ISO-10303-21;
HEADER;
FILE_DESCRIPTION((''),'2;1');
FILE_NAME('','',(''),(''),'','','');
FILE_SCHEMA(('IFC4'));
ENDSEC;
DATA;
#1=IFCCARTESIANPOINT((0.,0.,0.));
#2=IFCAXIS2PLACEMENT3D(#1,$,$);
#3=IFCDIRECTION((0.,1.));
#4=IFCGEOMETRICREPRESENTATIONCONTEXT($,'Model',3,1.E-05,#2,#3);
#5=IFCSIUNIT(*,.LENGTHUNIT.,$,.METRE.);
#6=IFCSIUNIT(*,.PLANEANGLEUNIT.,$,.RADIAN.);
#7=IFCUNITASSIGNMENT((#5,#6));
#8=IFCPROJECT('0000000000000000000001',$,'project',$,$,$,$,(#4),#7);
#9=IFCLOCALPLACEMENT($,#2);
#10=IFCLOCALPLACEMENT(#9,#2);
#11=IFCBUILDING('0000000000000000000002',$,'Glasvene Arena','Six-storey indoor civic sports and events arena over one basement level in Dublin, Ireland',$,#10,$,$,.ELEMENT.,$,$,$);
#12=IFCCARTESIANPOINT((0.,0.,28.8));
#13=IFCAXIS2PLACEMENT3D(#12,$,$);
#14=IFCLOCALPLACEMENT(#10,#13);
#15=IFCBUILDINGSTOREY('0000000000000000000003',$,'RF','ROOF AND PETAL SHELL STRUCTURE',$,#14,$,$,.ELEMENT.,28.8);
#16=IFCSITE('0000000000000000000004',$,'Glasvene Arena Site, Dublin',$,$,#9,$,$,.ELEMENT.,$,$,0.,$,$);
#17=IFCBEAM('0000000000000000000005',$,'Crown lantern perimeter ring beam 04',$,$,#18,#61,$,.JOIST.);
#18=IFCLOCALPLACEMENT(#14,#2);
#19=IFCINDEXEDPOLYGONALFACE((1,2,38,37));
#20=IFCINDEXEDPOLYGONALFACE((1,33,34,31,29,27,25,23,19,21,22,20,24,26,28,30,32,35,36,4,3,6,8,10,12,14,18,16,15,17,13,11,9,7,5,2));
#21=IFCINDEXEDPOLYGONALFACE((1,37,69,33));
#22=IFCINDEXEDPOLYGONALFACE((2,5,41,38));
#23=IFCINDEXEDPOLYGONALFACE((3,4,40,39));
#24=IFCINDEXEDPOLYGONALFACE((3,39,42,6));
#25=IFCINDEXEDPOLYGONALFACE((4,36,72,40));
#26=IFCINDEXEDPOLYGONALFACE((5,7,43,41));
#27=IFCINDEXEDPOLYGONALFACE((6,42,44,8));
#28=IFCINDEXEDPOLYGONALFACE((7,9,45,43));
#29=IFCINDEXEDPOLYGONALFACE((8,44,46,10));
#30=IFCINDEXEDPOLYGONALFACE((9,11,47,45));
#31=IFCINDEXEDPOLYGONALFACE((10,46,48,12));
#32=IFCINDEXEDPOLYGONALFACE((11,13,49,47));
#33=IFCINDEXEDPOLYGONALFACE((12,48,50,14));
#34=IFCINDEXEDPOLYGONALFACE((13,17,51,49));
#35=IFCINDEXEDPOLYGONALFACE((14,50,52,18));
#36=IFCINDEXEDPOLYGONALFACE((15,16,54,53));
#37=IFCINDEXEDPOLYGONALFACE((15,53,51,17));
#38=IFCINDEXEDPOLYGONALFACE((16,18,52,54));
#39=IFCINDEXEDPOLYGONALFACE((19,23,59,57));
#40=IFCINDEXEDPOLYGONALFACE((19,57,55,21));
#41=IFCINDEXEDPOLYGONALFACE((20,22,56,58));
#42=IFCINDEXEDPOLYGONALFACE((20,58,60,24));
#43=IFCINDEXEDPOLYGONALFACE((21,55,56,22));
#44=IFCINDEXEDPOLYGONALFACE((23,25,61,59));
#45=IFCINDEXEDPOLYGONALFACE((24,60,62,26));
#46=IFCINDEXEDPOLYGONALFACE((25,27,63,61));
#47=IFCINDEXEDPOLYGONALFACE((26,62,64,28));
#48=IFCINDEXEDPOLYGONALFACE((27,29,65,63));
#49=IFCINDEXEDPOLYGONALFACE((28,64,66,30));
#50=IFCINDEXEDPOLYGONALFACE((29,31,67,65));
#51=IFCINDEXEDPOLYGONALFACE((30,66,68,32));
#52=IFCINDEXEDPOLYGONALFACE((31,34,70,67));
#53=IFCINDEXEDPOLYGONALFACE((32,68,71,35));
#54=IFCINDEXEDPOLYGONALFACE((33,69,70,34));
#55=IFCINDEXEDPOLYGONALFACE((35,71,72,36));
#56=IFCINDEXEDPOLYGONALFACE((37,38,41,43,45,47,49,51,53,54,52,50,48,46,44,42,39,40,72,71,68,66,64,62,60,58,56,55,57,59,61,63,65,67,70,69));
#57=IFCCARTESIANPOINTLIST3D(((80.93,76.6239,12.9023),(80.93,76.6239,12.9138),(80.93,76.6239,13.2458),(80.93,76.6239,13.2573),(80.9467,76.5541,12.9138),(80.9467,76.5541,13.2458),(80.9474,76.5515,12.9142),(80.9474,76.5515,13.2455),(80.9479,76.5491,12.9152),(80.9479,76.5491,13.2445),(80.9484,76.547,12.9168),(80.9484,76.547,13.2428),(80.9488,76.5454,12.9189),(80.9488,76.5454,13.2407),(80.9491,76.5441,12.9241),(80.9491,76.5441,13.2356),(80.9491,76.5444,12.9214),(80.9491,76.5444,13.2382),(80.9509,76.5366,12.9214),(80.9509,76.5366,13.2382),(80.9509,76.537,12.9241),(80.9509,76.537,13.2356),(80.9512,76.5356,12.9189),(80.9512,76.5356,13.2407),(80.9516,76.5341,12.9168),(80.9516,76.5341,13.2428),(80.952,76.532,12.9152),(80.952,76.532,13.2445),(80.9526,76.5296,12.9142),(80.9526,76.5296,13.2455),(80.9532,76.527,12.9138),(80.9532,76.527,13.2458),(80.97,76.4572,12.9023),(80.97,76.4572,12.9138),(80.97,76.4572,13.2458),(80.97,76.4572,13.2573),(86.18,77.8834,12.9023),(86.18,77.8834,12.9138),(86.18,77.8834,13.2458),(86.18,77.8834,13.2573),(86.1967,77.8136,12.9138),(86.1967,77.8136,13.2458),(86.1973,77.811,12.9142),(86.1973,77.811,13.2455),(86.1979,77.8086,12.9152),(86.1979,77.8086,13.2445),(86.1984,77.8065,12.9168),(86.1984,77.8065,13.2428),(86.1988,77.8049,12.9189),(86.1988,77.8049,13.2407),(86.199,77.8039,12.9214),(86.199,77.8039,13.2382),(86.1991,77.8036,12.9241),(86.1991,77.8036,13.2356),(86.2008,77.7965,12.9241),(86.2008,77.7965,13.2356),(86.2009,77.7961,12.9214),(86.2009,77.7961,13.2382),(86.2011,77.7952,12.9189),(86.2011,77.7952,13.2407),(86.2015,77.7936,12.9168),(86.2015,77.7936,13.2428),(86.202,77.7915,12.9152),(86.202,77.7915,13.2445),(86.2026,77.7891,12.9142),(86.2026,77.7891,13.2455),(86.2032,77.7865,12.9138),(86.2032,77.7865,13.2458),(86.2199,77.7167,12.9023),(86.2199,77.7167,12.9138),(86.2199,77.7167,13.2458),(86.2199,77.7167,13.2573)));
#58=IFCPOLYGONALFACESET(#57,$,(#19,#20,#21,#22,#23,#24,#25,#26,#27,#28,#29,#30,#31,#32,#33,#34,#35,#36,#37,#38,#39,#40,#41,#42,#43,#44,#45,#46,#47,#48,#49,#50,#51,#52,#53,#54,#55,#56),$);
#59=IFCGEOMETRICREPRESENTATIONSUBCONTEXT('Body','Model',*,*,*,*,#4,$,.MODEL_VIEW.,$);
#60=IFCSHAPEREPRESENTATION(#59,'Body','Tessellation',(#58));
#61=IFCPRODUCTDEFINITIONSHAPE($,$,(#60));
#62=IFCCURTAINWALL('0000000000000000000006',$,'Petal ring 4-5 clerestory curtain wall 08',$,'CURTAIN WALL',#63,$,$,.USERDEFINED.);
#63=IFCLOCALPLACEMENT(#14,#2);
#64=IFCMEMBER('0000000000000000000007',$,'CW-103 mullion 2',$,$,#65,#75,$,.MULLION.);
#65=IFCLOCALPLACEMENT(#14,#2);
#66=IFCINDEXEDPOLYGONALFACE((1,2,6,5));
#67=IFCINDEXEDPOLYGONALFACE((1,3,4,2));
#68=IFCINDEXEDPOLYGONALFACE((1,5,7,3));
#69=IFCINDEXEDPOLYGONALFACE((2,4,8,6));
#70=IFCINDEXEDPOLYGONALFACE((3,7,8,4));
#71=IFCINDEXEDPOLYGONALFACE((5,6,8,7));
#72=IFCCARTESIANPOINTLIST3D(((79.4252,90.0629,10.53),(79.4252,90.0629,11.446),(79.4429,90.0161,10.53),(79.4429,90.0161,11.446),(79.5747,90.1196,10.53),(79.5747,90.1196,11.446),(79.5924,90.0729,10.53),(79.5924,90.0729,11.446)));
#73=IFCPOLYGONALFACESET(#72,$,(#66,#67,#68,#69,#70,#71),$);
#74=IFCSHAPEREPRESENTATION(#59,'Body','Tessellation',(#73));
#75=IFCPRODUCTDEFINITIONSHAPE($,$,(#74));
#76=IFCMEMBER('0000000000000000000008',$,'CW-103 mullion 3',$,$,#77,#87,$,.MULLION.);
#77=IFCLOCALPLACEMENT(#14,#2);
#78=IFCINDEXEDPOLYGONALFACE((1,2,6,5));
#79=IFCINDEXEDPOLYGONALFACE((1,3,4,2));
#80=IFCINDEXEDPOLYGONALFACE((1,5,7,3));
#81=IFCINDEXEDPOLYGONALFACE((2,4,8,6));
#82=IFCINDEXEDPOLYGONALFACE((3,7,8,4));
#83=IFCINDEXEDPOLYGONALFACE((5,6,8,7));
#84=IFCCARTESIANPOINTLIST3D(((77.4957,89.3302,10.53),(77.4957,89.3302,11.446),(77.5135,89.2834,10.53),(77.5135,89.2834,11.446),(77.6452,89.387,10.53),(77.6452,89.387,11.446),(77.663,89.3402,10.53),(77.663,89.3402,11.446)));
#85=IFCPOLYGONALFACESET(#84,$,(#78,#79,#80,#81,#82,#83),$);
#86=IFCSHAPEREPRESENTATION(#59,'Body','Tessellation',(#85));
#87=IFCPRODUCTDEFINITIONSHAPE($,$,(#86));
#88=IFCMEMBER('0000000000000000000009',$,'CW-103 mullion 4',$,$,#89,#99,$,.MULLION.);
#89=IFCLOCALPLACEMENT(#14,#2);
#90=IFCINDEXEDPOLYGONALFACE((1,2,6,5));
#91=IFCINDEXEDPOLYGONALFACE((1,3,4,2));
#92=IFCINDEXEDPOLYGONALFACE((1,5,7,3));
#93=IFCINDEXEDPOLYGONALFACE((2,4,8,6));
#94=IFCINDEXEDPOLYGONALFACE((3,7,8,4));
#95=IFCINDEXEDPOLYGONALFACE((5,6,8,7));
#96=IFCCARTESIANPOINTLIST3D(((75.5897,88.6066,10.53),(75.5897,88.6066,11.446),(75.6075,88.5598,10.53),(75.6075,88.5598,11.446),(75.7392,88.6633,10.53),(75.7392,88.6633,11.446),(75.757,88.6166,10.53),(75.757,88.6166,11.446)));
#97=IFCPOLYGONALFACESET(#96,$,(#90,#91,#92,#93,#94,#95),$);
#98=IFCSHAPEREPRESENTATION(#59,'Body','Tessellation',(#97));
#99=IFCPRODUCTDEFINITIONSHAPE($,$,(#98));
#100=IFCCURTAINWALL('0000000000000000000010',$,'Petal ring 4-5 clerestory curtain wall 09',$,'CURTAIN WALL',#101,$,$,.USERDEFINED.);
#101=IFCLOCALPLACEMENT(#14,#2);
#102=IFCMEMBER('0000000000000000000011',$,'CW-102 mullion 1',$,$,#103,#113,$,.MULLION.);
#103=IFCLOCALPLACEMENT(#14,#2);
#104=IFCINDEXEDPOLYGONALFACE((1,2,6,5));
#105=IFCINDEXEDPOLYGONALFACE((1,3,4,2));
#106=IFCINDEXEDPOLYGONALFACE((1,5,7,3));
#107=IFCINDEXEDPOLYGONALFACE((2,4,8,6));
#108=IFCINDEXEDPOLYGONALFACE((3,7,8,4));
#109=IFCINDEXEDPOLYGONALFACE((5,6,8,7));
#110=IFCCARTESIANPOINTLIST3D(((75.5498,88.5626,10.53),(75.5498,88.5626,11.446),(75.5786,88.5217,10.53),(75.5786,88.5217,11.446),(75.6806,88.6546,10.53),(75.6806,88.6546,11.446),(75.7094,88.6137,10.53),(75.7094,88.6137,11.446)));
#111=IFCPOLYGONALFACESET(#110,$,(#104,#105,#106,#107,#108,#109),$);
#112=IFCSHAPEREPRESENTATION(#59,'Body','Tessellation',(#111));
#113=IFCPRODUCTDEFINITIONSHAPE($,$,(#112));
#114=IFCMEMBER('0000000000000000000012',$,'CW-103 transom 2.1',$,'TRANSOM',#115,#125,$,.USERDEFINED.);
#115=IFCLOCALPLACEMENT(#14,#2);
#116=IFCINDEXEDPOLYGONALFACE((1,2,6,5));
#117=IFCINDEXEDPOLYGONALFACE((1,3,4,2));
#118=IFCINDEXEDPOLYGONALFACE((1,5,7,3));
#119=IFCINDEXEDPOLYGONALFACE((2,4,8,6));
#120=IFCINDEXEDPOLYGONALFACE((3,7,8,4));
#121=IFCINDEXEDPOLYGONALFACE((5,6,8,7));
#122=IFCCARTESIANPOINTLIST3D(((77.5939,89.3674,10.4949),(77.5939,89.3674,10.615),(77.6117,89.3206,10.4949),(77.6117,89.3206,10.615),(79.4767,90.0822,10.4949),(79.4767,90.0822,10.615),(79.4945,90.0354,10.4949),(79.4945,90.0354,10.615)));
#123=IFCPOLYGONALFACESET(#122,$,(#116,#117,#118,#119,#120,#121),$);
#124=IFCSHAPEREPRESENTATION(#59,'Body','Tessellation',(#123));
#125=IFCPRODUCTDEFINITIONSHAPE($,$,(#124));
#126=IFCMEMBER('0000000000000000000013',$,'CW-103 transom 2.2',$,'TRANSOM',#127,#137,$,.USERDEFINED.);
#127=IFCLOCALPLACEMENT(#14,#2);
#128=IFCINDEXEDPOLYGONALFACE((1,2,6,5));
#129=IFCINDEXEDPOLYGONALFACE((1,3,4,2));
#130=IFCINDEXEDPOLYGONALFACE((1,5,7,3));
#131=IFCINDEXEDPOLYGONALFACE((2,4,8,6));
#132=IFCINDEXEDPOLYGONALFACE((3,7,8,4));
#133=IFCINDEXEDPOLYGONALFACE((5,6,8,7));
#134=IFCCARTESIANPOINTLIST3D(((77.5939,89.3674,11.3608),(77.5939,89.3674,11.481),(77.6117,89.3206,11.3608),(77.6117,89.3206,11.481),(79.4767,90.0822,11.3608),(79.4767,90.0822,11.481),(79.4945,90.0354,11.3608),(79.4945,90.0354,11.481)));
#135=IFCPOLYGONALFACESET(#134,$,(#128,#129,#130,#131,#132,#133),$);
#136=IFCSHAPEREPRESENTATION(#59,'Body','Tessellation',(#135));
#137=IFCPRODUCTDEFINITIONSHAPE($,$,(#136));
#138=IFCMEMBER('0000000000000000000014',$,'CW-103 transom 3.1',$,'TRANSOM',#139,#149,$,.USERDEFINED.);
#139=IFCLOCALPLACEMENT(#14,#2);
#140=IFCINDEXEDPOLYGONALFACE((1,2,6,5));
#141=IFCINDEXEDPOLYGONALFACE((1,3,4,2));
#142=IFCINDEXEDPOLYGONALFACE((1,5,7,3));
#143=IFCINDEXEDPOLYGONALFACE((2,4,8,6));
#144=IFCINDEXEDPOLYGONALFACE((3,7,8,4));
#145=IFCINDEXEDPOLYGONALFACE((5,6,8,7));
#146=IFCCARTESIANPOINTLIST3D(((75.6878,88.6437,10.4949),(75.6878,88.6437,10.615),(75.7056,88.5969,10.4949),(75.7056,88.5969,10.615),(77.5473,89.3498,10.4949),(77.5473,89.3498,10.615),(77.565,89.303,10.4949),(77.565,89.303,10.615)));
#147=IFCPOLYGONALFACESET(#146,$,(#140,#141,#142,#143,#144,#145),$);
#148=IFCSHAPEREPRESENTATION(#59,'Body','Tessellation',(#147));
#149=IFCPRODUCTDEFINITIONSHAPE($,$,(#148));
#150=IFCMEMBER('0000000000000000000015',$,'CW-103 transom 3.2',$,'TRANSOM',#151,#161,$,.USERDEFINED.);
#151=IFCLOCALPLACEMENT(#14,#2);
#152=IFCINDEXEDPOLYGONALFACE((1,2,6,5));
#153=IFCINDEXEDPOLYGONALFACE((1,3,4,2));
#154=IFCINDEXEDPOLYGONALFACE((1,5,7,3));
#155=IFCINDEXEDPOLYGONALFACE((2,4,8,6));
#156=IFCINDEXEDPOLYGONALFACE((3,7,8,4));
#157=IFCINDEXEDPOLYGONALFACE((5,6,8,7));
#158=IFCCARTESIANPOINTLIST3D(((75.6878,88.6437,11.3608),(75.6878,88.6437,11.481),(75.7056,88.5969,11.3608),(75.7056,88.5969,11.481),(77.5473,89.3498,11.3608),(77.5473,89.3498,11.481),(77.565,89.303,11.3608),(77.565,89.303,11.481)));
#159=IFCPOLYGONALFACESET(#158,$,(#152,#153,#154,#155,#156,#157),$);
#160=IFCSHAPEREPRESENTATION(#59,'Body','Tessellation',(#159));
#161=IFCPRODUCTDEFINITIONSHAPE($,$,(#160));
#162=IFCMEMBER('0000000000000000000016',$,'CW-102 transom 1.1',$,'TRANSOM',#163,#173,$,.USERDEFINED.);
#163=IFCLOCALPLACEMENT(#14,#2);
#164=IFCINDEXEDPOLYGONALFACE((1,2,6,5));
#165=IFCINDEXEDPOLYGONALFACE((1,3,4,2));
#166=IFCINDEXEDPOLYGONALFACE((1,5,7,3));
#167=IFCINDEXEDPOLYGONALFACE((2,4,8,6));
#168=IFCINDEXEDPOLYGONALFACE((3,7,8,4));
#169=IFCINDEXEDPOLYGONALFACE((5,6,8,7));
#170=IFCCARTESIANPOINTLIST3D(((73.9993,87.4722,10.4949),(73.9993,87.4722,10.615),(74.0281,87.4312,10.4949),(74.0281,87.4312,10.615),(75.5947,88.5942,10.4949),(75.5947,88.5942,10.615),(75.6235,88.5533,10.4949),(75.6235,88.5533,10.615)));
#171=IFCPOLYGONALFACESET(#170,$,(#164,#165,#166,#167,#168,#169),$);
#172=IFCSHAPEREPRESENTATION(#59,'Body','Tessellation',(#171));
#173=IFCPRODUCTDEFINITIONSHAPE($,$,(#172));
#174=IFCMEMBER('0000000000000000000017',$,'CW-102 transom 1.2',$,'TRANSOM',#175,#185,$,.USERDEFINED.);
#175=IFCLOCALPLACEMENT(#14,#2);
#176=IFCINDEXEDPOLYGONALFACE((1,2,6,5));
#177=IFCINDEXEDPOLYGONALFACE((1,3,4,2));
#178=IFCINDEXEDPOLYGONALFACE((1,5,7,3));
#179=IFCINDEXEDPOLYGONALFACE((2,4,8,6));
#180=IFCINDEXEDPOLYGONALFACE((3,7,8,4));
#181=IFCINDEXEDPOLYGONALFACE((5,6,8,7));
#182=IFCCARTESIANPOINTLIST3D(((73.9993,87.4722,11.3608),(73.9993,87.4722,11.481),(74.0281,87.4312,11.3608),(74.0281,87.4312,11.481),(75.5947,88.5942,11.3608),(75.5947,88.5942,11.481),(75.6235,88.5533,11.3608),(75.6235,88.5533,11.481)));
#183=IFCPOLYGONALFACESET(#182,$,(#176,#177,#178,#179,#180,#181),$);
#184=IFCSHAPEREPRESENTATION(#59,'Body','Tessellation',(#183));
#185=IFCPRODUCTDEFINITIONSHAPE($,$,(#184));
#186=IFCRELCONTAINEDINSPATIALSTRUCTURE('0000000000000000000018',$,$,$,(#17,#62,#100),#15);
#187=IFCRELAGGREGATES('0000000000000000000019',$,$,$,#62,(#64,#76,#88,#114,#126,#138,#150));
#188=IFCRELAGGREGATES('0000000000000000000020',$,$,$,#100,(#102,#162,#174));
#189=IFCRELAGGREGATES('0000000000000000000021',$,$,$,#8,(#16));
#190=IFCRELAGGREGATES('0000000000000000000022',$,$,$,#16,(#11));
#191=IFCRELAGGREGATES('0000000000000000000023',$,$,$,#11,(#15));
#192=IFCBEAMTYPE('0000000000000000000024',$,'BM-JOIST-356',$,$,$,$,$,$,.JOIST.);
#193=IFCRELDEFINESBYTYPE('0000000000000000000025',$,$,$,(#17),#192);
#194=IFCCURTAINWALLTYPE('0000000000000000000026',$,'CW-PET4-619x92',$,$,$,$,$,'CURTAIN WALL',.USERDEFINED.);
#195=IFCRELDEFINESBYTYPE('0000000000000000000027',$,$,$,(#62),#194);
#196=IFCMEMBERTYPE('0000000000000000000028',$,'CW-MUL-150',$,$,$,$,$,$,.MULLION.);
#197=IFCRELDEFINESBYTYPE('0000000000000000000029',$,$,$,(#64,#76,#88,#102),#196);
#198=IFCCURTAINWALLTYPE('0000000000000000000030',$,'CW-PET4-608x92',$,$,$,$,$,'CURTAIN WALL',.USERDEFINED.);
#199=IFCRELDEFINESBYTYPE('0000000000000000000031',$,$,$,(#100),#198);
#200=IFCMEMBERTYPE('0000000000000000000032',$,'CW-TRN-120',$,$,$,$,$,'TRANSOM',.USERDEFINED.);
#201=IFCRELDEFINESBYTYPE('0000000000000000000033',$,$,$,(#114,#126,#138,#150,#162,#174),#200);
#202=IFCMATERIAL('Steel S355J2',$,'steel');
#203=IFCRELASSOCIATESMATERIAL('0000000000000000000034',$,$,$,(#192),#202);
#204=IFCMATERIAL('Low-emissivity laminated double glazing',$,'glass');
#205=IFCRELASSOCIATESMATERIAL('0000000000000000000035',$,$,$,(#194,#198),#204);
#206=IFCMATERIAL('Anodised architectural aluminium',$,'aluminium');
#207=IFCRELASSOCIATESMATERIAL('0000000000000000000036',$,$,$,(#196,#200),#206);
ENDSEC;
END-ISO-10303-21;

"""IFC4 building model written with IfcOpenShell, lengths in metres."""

from ifc_helpers import new_model, si_unit, direction, frame, origin, origin_2d, place, context, subcontext, project, spatial, rectangle, i_section, extrude, material, material_profile, profile_set, type_object, element, aggregate, save


model = new_model("IFC4")

# Units and contexts
model_context = context("Model", 3, precision=1e-05, world=origin(), true_north=direction((0.0, 1.0)))
body_context = subcontext(model_context, "Body", "Model", "MODEL_VIEW")
ifc_project = project(units=[si_unit("LENGTHUNIT", "METRE"), si_unit("PLANEANGLEUNIT", "RADIAN")], contexts=[model_context])

# Site, building, storey
site_placement = place(None, origin())
site = spatial("IfcSite", under=ifc_project, at=site_placement, Name="Glasvene Arena Site, Dublin", CompositionType="ELEMENT", RefElevation=0.0)
building_placement = place(site_placement, origin())
building = spatial("IfcBuilding", under=site, at=building_placement, Name="Glasvene Arena", Description="Six-storey indoor civic sports and events arena over one basement level in Dublin, Ireland", CompositionType="ELEMENT")
storey_placement = place(building_placement, frame((0.0, 0.0, 28.8)))
storey = spatial("IfcBuildingStorey", under=building, at=storey_placement, Name="RF", Description="ROOF AND PETAL SHELL STRUCTURE", CompositionType="ELEMENT", Elevation=28.8)

# Beam
ifc_material_1 = material(Name="Steel S355J2", Category="steel")
ifc_material_profile_1 = material_profile(ifc_material_1, i_section(OverallWidth=0.1714, OverallDepth=0.355, WebThickness=0.0073, FlangeThickness=0.0115, FilletRadius=0.0103, at=origin_2d()), Name="UKB 356x171x51")
ifc_profile_set_1 = profile_set([ifc_material_profile_1], Name="Steel S355J2")
beam_type = type_object("IfcBeamType", Name="BM-JOIST-356", PredefinedType="JOIST", material=ifc_profile_set_1)
beam_placement = place(storey_placement, frame((86.2, 77.8, 13.0798), z_axis=(-0.972407, -0.233289, 0.0), x_axis=(0.233289, -0.972407, 0.0)))
element("IfcBeam", 1, at=beam_placement, inside=storey, type_object=beam_type, Name="Crown lantern perimeter ring beam 04", PredefinedType="JOIST", context=body_context, shape_type="SweptSolid", body=[
    extrude(i_section(OverallWidth=0.1714, OverallDepth=0.355, WebThickness=0.0073, FlangeThickness=0.0115, FilletRadius=0.0103, at=origin_2d()), origin(), (0.0, 0.0, 1.0), 5.3989),
])

# Curtain wall, members
ifc_material_2 = material(Name="Low-emissivity laminated double glazing", Category="glass")
curtain_wall_type_1 = type_object("IfcCurtainWallType", Name="CW-PET4-619x92", ElementType="CURTAIN WALL", PredefinedType="USERDEFINED", material=ifc_material_2)
curtain_wall_1_placement = place(storey_placement, frame((81.4382, 90.8003, 0.0)))
curtain_wall_1 = element("IfcCurtainWall", 2, at=curtain_wall_1_placement, inside=storey, type_object=curtain_wall_type_1, Name="Petal ring 4-5 clerestory curtain wall 08", ObjectType="CURTAIN WALL", PredefinedType="USERDEFINED")
ifc_material_3 = material(Name="Anodised architectural aluminium", Category="aluminium")
ifc_material_profile_2 = material_profile(ifc_material_3, rectangle(XDim=0.05, YDim=0.1599, at=origin_2d()), Name="ALU MULLION 50x160")
ifc_profile_set_2 = profile_set([ifc_material_profile_2], Name="Anodised architectural aluminium")
member_type_1 = type_object("IfcMemberType", Name="CW-MUL-150", PredefinedType="MULLION", material=ifc_profile_set_2)
member_1_placement = place(storey_placement, frame((79.5088, 90.0679, 10.53), z_axis=(0.0, 0.0, 1.0), x_axis=(0.35497, -0.934878, 0.0)))
member_1 = element("IfcMember", 3, at=member_1_placement, type_object=member_type_1, Name="CW-103 mullion 2", PredefinedType="MULLION", context=body_context, shape_type="SweptSolid", body=[
    extrude(rectangle(XDim=0.05, YDim=0.1599, at=origin_2d()), origin(), (0.0, 0.0, 1.0), 0.916),
])
member_2_placement = place(storey_placement, frame((77.5793, 89.3352, 10.53), z_axis=(0.0, 0.0, 1.0), x_axis=(0.35497, -0.934878, 0.0)))
member_2 = element("IfcMember", 4, at=member_2_placement, type_object=member_type_1, Name="CW-103 mullion 3", PredefinedType="MULLION", context=body_context, shape_type="SweptSolid", body=[
    extrude(rectangle(XDim=0.05, YDim=0.1599, at=origin_2d()), origin(), (0.0, 0.0, 1.0), 0.916),
])
member_3_placement = place(storey_placement, frame((75.6733, 88.6116, 10.53), z_axis=(0.0, 0.0, 1.0), x_axis=(0.35497, -0.934878, 0.0)))
member_3 = element("IfcMember", 5, at=member_3_placement, type_object=member_type_1, Name="CW-103 mullion 4", PredefinedType="MULLION", context=body_context, shape_type="SweptSolid", body=[
    extrude(rectangle(XDim=0.05, YDim=0.1599, at=origin_2d()), origin(), (0.0, 0.0, 1.0), 0.916),
])

# Curtain wall, member
curtain_wall_type_2 = type_object("IfcCurtainWallType", Name="CW-PET4-608x92", ElementType="CURTAIN WALL", PredefinedType="USERDEFINED", material=ifc_material_2)
curtain_wall_2_placement = place(storey_placement, frame((75.6499, 88.6025, 0.0)))
curtain_wall_2 = element("IfcCurtainWall", 6, at=curtain_wall_2_placement, inside=storey, type_object=curtain_wall_type_2, Name="Petal ring 4-5 clerestory curtain wall 09", ObjectType="CURTAIN WALL", PredefinedType="USERDEFINED")
member_4_placement = place(storey_placement, frame((75.6296, 88.5881, 10.53), z_axis=(0.0, 0.0, 1.0), x_axis=(0.575325, -0.817925, 0.0)))
member_4 = element("IfcMember", 7, at=member_4_placement, type_object=member_type_1, Name="CW-102 mullion 1", PredefinedType="MULLION", context=body_context, shape_type="SweptSolid", body=[
    extrude(rectangle(XDim=0.05, YDim=0.1599, at=origin_2d()), origin(), (0.0, 0.0, 1.0), 0.916),
])

# Members
ifc_material_profile_3 = material_profile(ifc_material_3, rectangle(XDim=0.05, YDim=0.1201, at=origin_2d()), Name="ALU TRANSOM 50x120")
ifc_profile_set_3 = profile_set([ifc_material_profile_3], Name="Anodised architectural aluminium")
member_type_2 = type_object("IfcMemberType", Name="CW-TRN-120", ElementType="TRANSOM", PredefinedType="USERDEFINED", material=ifc_profile_set_3)
member_5_placement = place(storey_placement, frame((79.4856, 90.0588, 10.5549), z_axis=(-0.934887, -0.354947, 0.0), x_axis=(0.354947, -0.934887, 0.0)))
member_5 = element("IfcMember", 8, at=member_5_placement, type_object=member_type_2, Name="CW-103 transom 2.1", ObjectType="TRANSOM", PredefinedType="USERDEFINED", context=body_context, shape_type="SweptSolid", body=[
    extrude(rectangle(XDim=0.05, YDim=0.1201, at=origin_2d()), origin(), (0.0, 0.0, 1.0), 2.0139),
])
member_6_placement = place(storey_placement, frame((79.4856, 90.0588, 11.4209), z_axis=(-0.934887, -0.354947, 0.0), x_axis=(0.354947, -0.934887, 0.0)))
member_6 = element("IfcMember", 9, at=member_6_placement, type_object=member_type_2, Name="CW-103 transom 2.2", ObjectType="TRANSOM", PredefinedType="USERDEFINED", context=body_context, shape_type="SweptSolid", body=[
    extrude(rectangle(XDim=0.05, YDim=0.1201, at=origin_2d()), origin(), (0.0, 0.0, 1.0), 2.0139),
])
member_7_placement = place(storey_placement, frame((77.5562, 89.3264, 10.5549), z_axis=(-0.934868, -0.354995, 0.0), x_axis=(0.354995, -0.934868, 0.0)))
member_7 = element("IfcMember", 10, at=member_7_placement, type_object=member_type_2, Name="CW-103 transom 3.1", ObjectType="TRANSOM", PredefinedType="USERDEFINED", context=body_context, shape_type="SweptSolid", body=[
    extrude(rectangle(XDim=0.05, YDim=0.1201, at=origin_2d()), origin(), (0.0, 0.0, 1.0), 1.989),
])
member_8_placement = place(storey_placement, frame((77.5562, 89.3264, 11.4209), z_axis=(-0.934868, -0.354995, 0.0), x_axis=(0.354995, -0.934868, 0.0)))
member_8 = element("IfcMember", 11, at=member_8_placement, type_object=member_type_2, Name="CW-103 transom 3.2", ObjectType="TRANSOM", PredefinedType="USERDEFINED", context=body_context, shape_type="SweptSolid", body=[
    extrude(rectangle(XDim=0.05, YDim=0.1201, at=origin_2d()), origin(), (0.0, 0.0, 1.0), 1.989),
])
member_9_placement = place(storey_placement, frame((75.6091, 88.5737, 10.5549), z_axis=(-0.817966, -0.575267, 0.0), x_axis=(0.575267, -0.817966, 0.0)))
member_9 = element("IfcMember", 12, at=member_9_placement, type_object=member_type_2, Name="CW-102 transom 1.1", ObjectType="TRANSOM", PredefinedType="USERDEFINED", context=body_context, shape_type="SweptSolid", body=[
    extrude(rectangle(XDim=0.05, YDim=0.1201, at=origin_2d()), origin(), (0.0, 0.0, 1.0), 1.9504),
])
member_10_placement = place(storey_placement, frame((75.6091, 88.5737, 11.4209), z_axis=(-0.817966, -0.575267, 0.0), x_axis=(0.575267, -0.817966, 0.0)))
member_10 = element("IfcMember", 13, at=member_10_placement, type_object=member_type_2, Name="CW-102 transom 1.2", ObjectType="TRANSOM", PredefinedType="USERDEFINED", context=body_context, shape_type="SweptSolid", body=[
    extrude(rectangle(XDim=0.05, YDim=0.1201, at=origin_2d()), origin(), (0.0, 0.0, 1.0), 1.9504),
])

aggregate(curtain_wall_1, [member_1, member_2, member_3, member_5, member_6, member_7, member_8])
aggregate(curtain_wall_2, [member_4, member_9, member_10])

save(model, "model.ifc")
